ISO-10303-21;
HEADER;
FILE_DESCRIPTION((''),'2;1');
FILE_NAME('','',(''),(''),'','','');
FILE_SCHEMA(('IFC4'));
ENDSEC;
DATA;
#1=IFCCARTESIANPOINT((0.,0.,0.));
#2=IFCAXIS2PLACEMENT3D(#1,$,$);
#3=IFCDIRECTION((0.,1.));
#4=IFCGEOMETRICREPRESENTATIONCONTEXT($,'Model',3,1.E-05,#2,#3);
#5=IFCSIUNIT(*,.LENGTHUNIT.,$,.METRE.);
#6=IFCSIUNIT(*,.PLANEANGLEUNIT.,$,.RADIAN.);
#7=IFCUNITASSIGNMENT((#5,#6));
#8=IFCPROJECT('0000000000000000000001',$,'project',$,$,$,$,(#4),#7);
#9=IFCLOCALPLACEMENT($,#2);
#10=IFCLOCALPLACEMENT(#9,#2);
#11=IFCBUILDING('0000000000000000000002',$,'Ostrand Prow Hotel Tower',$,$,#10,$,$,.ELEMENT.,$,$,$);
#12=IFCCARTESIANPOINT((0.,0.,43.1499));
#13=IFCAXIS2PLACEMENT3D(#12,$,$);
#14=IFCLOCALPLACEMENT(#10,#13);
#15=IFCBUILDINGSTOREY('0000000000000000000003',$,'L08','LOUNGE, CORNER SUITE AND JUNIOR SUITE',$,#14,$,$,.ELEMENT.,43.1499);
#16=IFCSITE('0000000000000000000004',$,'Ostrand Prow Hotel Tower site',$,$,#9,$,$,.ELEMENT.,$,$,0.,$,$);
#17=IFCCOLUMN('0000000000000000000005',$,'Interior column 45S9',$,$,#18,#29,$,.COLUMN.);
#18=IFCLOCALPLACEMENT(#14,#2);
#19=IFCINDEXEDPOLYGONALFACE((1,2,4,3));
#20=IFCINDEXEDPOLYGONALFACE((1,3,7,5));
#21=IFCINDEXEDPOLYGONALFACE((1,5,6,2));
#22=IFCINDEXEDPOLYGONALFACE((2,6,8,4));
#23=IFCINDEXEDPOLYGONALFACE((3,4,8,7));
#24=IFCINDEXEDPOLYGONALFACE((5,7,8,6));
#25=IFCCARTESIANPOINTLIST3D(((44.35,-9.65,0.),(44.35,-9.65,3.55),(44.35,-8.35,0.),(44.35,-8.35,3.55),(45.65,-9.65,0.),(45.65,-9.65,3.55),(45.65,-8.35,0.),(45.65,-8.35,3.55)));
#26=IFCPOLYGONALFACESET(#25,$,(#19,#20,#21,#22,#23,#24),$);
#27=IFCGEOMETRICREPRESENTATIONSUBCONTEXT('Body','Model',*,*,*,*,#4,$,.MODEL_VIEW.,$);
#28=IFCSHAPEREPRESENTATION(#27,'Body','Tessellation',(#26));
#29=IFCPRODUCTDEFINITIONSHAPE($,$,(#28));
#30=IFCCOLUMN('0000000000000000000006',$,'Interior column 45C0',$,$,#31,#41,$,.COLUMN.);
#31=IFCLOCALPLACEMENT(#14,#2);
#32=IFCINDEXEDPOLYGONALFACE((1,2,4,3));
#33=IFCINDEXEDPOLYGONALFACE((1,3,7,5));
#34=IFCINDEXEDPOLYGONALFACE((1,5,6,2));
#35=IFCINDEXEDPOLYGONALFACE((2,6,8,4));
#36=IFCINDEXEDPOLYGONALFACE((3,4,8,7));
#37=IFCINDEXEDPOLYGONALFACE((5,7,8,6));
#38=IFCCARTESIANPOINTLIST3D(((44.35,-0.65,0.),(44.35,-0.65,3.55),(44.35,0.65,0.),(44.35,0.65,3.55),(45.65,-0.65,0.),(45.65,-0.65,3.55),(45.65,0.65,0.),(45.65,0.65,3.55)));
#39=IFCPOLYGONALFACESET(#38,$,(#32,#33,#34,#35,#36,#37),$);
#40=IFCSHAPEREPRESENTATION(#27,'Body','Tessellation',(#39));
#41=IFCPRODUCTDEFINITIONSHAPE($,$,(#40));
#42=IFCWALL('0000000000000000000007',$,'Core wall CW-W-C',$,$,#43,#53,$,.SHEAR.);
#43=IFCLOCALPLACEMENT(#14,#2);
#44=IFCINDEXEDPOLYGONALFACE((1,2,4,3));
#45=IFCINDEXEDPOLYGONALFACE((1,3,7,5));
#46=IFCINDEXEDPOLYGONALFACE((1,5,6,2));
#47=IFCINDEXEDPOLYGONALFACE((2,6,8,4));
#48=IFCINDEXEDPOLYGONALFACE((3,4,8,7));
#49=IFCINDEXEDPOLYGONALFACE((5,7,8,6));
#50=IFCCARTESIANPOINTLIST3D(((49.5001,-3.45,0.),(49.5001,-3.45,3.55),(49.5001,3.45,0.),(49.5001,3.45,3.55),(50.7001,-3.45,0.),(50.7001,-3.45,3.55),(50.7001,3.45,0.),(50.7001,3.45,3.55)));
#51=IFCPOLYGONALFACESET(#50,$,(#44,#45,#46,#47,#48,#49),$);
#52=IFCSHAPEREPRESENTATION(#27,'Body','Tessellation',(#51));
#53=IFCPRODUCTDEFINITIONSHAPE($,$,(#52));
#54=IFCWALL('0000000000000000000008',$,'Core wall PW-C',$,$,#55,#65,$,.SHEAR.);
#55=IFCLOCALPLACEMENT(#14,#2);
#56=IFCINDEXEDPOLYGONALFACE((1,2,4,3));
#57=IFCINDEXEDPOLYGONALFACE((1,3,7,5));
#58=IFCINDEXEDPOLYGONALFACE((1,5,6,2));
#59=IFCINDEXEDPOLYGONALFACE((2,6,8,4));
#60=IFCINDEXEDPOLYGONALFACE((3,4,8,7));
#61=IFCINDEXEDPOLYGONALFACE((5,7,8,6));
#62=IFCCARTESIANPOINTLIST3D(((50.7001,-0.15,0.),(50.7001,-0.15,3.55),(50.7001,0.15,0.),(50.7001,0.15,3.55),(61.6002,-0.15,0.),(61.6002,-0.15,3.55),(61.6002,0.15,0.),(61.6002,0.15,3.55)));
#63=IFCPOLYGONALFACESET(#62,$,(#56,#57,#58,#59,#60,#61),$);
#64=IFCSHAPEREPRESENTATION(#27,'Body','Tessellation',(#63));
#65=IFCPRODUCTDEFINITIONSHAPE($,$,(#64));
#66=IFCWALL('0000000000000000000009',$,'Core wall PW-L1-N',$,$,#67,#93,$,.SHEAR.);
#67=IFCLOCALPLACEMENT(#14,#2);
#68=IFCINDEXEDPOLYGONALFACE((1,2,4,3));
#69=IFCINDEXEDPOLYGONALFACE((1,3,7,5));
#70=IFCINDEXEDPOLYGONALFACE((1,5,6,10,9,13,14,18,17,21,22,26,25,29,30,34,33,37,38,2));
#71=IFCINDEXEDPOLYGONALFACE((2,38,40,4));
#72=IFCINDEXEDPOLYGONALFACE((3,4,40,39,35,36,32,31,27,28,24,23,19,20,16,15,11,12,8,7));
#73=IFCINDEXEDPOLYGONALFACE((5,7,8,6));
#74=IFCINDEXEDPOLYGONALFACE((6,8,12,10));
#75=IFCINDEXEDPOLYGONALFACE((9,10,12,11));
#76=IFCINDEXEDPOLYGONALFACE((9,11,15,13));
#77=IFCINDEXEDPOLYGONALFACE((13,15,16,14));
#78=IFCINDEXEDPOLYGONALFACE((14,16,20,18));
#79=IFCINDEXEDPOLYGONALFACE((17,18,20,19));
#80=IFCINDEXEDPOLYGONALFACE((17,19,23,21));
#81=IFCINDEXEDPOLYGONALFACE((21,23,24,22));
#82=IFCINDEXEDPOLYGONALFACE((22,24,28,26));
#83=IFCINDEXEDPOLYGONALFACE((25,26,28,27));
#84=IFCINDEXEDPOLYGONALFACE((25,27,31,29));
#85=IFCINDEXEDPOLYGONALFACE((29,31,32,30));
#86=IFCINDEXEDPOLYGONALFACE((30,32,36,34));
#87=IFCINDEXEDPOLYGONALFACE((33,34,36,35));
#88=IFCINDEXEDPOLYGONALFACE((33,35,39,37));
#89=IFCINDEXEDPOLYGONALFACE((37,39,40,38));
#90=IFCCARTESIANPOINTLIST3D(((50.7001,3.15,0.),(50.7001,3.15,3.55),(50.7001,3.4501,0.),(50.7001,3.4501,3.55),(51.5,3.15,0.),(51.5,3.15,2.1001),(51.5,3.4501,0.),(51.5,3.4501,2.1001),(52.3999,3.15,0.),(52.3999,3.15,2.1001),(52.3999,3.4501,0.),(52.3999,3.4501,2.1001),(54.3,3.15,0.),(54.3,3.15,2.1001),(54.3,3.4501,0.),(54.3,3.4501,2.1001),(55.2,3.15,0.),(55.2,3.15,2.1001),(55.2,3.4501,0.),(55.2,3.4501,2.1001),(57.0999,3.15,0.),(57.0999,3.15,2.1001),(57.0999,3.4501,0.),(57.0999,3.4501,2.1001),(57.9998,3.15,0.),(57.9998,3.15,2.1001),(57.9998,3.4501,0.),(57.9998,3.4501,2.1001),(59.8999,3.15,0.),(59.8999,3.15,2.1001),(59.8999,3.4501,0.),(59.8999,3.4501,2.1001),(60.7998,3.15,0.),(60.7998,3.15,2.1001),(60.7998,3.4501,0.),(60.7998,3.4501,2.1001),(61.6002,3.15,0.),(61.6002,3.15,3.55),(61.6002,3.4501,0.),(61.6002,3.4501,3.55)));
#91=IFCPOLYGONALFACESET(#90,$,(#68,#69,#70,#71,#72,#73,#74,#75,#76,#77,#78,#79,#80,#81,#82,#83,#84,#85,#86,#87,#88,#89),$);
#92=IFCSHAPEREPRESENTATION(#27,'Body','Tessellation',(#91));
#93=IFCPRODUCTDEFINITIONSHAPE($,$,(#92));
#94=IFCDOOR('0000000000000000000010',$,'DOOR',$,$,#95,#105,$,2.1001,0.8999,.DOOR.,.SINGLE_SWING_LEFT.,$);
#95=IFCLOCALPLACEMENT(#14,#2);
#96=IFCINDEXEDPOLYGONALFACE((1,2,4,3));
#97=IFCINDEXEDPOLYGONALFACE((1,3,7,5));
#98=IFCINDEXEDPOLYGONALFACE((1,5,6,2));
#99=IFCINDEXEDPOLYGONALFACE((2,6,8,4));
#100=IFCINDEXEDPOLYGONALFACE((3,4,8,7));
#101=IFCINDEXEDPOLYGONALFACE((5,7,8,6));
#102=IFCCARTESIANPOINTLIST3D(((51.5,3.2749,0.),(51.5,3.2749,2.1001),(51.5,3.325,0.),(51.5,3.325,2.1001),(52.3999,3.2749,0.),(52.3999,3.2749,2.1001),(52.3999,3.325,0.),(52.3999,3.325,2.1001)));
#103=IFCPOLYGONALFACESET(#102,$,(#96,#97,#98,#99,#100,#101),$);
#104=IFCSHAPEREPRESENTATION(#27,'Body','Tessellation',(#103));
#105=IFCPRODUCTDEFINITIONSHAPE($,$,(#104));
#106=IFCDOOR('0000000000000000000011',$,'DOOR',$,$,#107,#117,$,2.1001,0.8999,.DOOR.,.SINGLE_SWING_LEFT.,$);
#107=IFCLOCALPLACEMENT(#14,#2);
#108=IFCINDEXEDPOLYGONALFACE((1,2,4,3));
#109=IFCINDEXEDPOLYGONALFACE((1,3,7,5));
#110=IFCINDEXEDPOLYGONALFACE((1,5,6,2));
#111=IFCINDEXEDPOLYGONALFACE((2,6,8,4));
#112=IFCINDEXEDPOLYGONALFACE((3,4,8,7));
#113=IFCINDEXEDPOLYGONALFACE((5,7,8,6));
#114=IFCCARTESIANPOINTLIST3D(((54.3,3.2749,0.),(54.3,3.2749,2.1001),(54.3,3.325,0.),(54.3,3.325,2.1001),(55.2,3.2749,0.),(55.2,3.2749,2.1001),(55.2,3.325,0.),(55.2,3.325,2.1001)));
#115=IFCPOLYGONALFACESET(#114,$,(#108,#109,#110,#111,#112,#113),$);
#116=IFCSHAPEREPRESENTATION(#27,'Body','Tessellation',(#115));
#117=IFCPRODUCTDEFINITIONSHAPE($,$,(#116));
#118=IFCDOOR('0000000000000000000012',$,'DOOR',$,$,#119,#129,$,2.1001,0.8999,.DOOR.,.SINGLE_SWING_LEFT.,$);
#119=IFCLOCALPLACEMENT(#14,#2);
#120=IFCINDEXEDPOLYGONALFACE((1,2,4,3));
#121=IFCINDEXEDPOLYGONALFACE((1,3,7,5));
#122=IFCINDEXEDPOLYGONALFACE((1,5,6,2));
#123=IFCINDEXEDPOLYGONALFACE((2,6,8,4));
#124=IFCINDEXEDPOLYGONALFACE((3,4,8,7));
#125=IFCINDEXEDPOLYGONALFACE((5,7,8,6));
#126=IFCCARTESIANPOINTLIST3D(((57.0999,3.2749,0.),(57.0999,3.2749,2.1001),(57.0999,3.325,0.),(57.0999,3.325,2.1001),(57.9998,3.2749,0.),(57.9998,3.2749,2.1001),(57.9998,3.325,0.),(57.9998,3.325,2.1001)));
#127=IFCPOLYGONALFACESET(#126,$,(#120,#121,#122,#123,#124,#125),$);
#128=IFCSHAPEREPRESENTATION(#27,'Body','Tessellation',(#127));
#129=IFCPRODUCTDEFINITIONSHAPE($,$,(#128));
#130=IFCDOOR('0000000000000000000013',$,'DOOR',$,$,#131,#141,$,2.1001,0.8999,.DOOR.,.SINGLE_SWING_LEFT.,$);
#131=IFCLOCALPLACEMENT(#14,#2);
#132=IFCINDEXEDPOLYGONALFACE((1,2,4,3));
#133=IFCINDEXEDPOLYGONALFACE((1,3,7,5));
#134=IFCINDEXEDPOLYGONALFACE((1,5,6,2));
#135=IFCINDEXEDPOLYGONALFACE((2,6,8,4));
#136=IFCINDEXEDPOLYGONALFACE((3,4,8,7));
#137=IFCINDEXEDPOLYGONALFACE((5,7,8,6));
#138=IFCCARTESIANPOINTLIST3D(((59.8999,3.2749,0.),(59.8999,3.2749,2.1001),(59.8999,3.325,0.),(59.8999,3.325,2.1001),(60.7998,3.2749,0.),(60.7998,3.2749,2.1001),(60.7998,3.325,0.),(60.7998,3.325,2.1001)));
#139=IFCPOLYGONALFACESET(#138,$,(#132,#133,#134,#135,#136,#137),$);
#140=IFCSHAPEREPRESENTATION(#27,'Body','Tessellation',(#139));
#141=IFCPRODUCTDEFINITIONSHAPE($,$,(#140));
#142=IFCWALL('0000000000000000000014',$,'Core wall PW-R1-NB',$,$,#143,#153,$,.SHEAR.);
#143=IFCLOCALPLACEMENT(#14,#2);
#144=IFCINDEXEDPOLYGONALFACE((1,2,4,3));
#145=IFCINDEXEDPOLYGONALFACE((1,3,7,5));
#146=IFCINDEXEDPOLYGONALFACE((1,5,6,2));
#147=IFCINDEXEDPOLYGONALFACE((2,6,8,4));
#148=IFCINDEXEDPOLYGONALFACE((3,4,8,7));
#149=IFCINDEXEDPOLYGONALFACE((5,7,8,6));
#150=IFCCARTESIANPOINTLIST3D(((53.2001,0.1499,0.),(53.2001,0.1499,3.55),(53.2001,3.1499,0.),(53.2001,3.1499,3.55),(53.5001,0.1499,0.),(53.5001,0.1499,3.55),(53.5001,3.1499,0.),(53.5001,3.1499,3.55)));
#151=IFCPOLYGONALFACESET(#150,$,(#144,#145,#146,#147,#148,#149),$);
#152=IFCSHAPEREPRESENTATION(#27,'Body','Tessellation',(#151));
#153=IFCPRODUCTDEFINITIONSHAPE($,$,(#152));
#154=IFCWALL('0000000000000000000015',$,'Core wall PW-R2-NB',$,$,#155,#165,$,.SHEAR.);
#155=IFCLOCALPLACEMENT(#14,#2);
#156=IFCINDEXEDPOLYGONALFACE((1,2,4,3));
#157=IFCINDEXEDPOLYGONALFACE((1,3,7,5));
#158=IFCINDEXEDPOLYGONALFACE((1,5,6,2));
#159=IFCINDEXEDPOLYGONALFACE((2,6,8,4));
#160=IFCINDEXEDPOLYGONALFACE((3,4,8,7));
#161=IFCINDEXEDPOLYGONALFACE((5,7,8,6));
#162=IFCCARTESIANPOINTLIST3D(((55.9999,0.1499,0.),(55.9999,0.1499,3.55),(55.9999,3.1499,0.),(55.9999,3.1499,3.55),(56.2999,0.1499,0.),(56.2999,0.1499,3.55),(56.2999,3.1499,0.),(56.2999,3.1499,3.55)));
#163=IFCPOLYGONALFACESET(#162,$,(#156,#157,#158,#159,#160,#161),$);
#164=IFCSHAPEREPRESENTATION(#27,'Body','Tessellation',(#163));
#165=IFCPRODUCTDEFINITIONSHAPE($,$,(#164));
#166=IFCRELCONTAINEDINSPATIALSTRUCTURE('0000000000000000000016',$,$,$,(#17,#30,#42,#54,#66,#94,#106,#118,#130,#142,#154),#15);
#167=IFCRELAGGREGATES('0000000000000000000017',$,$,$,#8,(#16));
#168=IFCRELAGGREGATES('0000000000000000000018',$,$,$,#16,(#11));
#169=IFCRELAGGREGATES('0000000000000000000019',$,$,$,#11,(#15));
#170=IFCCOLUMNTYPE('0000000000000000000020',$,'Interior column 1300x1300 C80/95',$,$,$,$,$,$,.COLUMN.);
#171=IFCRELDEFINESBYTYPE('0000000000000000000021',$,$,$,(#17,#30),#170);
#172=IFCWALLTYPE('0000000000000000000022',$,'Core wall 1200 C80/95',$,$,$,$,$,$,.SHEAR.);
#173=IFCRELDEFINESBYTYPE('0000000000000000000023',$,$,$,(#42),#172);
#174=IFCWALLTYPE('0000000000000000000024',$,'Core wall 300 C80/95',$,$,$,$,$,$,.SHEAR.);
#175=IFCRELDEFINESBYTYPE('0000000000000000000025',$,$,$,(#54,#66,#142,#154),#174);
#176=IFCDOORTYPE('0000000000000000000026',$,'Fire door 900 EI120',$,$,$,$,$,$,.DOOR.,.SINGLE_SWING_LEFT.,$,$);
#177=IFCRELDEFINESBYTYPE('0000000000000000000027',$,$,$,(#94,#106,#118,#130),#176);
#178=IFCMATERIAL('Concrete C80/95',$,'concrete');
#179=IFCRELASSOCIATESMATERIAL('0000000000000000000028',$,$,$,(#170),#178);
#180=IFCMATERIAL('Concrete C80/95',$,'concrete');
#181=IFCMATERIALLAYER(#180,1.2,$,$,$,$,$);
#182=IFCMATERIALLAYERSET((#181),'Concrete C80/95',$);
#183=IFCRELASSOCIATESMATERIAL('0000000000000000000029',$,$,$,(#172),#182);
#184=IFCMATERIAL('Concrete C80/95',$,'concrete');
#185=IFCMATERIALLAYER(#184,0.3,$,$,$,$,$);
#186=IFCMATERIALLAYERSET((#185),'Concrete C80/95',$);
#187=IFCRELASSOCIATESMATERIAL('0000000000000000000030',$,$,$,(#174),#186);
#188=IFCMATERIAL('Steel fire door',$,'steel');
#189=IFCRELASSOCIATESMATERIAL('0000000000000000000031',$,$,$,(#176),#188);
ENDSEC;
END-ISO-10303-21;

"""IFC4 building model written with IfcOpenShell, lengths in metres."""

from ifc_helpers import new_model, si_unit, direction, frame, frame_2d, origin, origin_2d, place, context, subcontext, project, spatial, rectangle, extrude, material, layer, layer_set, material_profile, profile_set, type_object, element, fill, save


model = new_model("IFC4")

# Units and contexts
model_context = context("Model", 3, precision=1e-05, world=origin(), true_north=direction((0.0, 1.0)))
body_context = subcontext(model_context, "Body", "Model", "MODEL_VIEW")
ifc_project = project(units=[si_unit("LENGTHUNIT", "METRE"), si_unit("PLANEANGLEUNIT", "RADIAN")], contexts=[model_context])

# Site, building, storey
site_placement = place(None, origin())
site = spatial("IfcSite", under=ifc_project, at=site_placement, Name="Ostrand Prow Hotel Tower site", CompositionType="ELEMENT", RefElevation=0.0)
building_placement = place(site_placement, origin())
building = spatial("IfcBuilding", under=site, at=building_placement, Name="Ostrand Prow Hotel Tower", CompositionType="ELEMENT")
storey_placement = place(building_placement, frame((0.0, 0.0, 43.1499)))
storey = spatial("IfcBuildingStorey", under=building, at=storey_placement, Name="L08", Description="LOUNGE, CORNER SUITE AND JUNIOR SUITE", CompositionType="ELEMENT", Elevation=43.1499)

# Columns
ifc_material_1 = material(Name="Concrete C80/95", Category="concrete")
ifc_material_profile = material_profile(ifc_material_1, rectangle(XDim=1.3, YDim=1.3, at=origin_2d()), Name="RC 1300x1300")
ifc_profile_set = profile_set([ifc_material_profile], Name="Concrete C80/95")
column_type = type_object("IfcColumnType", Name="Interior column 1300x1300 C80/95", PredefinedType="COLUMN", material=ifc_profile_set)
for number, where, z_axis, x_axis, name in (
    (1, (45.0, -9.0, 0.0), (0.0, 0.0, 1.0), (1.0, 0.0, 0.0), "Interior column 45S9"),
    (2, (45.0, 0.0, 0.0), (0.0, 0.0, 1.0), (1.0, 0.0, 0.0), "Interior column 45C0"),
):
    element("IfcColumn", number, at=place(storey_placement, frame(where, z_axis=z_axis, x_axis=x_axis)), inside=storey, type_object=column_type, Name=name, PredefinedType="COLUMN", context=body_context, shape_type="SweptSolid", body=[
        extrude(rectangle(XDim=1.3, YDim=1.3, at=origin_2d()), origin(), (0.0, 0.0, 1.0), 3.55),
    ])

# Walls
ifc_material_2 = material(Name="Concrete C80/95", Category="concrete")
ifc_layer_1 = layer(ifc_material_2, 1.2)
ifc_layer_set_1 = layer_set([ifc_layer_1], Name="Concrete C80/95")
wall_type_1 = type_object("IfcWallType", Name="Core wall 1200 C80/95", PredefinedType="SHEAR", material=ifc_layer_set_1)
wall_1_placement = place(storey_placement, frame((50.1001, -3.45, 0.0), z_axis=(0.0, 0.0, 1.0), x_axis=(0.0, 1.0, 0.0)))
element("IfcWall", 3, at=wall_1_placement, inside=storey, type_object=wall_type_1, Name="Core wall CW-W-C", PredefinedType="SHEAR", context=body_context, shape_type="SweptSolid", body=[
    extrude(rectangle(XDim=6.8999, YDim=1.2, at=frame_2d((3.45, 0.0))), origin(), (0.0, 0.0, 1.0), 3.55),
])
ifc_material_3 = material(Name="Concrete C80/95", Category="concrete")
ifc_layer_2 = layer(ifc_material_3, 0.3)
ifc_layer_set_2 = layer_set([ifc_layer_2], Name="Concrete C80/95")
wall_type_2 = type_object("IfcWallType", Name="Core wall 300 C80/95", PredefinedType="SHEAR", material=ifc_layer_set_2)
wall_2_placement = place(storey_placement, frame((50.7, 0.0, 0.0), z_axis=(0.0, 0.0, 1.0), x_axis=(1.0, 0.0, 0.0)))
element("IfcWall", 4, at=wall_2_placement, inside=storey, type_object=wall_type_2, Name="Core wall PW-C", PredefinedType="SHEAR", context=body_context, shape_type="SweptSolid", body=[
    extrude(rectangle(XDim=10.9001, YDim=0.3, at=frame_2d((5.4502, 0.0))), origin(), (0.0, 0.0, 1.0), 3.55),
])

# Wall, openings, doors
wall_3_placement = place(storey_placement, frame((50.7, 3.3, 0.0), z_axis=(0.0, 0.0, 1.0), x_axis=(1.0, 0.0, 0.0)))
wall_3 = element("IfcWall", 5, at=wall_3_placement, inside=storey, type_object=wall_type_2, Name="Core wall PW-L1-N", PredefinedType="SHEAR", context=body_context, shape_type="SweptSolid", body=[
    extrude(rectangle(XDim=10.9001, YDim=0.3, at=frame_2d((5.4502, 0.0))), origin(), (0.0, 0.0, 1.0), 3.55),
])
opening_1_placement = place(wall_3_placement, frame((0.8, 0.0, 0.0)))
opening_1 = element("IfcOpeningElement", 6, at=opening_1_placement, cuts=wall_3, PredefinedType="OPENING", context=body_context, shape_type="SweptSolid", body=[
    extrude(rectangle(XDim=0.8999, YDim=2.1001, at=frame_2d((0.45, 1.05))), frame((0.0, 0.1599, 0.0), z_axis=(0.0, -1.0, 0.0), x_axis=(1.0, 0.0, 0.0)), (0.0, 0.0, 1.0), 0.3201),
])
opening_2_placement = place(wall_3_placement, frame((3.6001, 0.0, 0.0)))
opening_2 = element("IfcOpeningElement", 7, at=opening_2_placement, cuts=wall_3, PredefinedType="OPENING", context=body_context, shape_type="SweptSolid", body=[
    extrude(rectangle(XDim=0.8999, YDim=2.1001, at=frame_2d((0.45, 1.05))), frame((0.0, 0.1599, 0.0), z_axis=(0.0, -1.0, 0.0), x_axis=(1.0, 0.0, 0.0)), (0.0, 0.0, 1.0), 0.3201),
])
opening_3_placement = place(wall_3_placement, frame((6.3999, 0.0, 0.0)))
opening_3 = element("IfcOpeningElement", 8, at=opening_3_placement, cuts=wall_3, PredefinedType="OPENING", context=body_context, shape_type="SweptSolid", body=[
    extrude(rectangle(XDim=0.8999, YDim=2.1001, at=frame_2d((0.45, 1.05))), frame((0.0, 0.1599, 0.0), z_axis=(0.0, -1.0, 0.0), x_axis=(1.0, 0.0, 0.0)), (0.0, 0.0, 1.0), 0.3201),
])
opening_4_placement = place(wall_3_placement, frame((9.2, 0.0, 0.0)))
opening_4 = element("IfcOpeningElement", 9, at=opening_4_placement, cuts=wall_3, PredefinedType="OPENING", context=body_context, shape_type="SweptSolid", body=[
    extrude(rectangle(XDim=0.8999, YDim=2.1001, at=frame_2d((0.45, 1.05))), frame((0.0, 0.1599, 0.0), z_axis=(0.0, -1.0, 0.0), x_axis=(1.0, 0.0, 0.0)), (0.0, 0.0, 1.0), 0.3201),
])
ifc_material_4 = material(Name="Steel fire door", Category="steel")
door_type_1 = type_object("IfcDoorType", Name="Fire door 900 EI120", OperationType="SINGLE_SWING_LEFT", PredefinedType="DOOR", material=ifc_material_4)
door_1_placement = place(opening_1_placement, origin())
door_1 = element("IfcDoor", 10, at=door_1_placement, inside=storey, type_object=door_type_1, Name="DOOR", OperationType="SINGLE_SWING_LEFT", OverallHeight=2.1001, OverallWidth=0.8999, PredefinedType="DOOR", context=body_context, shape_type="SweptSolid", body=[
    extrude(rectangle(XDim=0.8999, YDim=2.1001, at=frame_2d((0.45, 1.05))), frame((0.0, 0.0249, 0.0), z_axis=(0.0, -1.0, 0.0), x_axis=(1.0, 0.0, 0.0)), (0.0, 0.0, 1.0), 0.05),
])
fill(opening_1, door_1)
door_2_placement = place(opening_2_placement, origin())
door_2 = element("IfcDoor", 11, at=door_2_placement, inside=storey, type_object=door_type_1, Name="DOOR", OperationType="SINGLE_SWING_LEFT", OverallHeight=2.1001, OverallWidth=0.8999, PredefinedType="DOOR", context=body_context, shape_type="SweptSolid", body=[
    extrude(rectangle(XDim=0.8999, YDim=2.1001, at=frame_2d((0.45, 1.05))), frame((0.0, 0.0249, 0.0), z_axis=(0.0, -1.0, 0.0), x_axis=(1.0, 0.0, 0.0)), (0.0, 0.0, 1.0), 0.05),
])
fill(opening_2, door_2)
door_3_placement = place(opening_3_placement, origin())
door_3 = element("IfcDoor", 12, at=door_3_placement, inside=storey, type_object=door_type_1, Name="DOOR", OperationType="SINGLE_SWING_LEFT", OverallHeight=2.1001, OverallWidth=0.8999, PredefinedType="DOOR", context=body_context, shape_type="SweptSolid", body=[
    extrude(rectangle(XDim=0.8999, YDim=2.1001, at=frame_2d((0.45, 1.05))), frame((0.0, 0.0249, 0.0), z_axis=(0.0, -1.0, 0.0), x_axis=(1.0, 0.0, 0.0)), (0.0, 0.0, 1.0), 0.05),
])
fill(opening_3, door_3)
door_4_placement = place(opening_4_placement, origin())
door_4 = element("IfcDoor", 13, at=door_4_placement, inside=storey, type_object=door_type_1, Name="DOOR", OperationType="SINGLE_SWING_LEFT", OverallHeight=2.1001, OverallWidth=0.8999, PredefinedType="DOOR", context=body_context, shape_type="SweptSolid", body=[
    extrude(rectangle(XDim=0.8999, YDim=2.1001, at=frame_2d((0.45, 1.05))), frame((0.0, 0.0249, 0.0), z_axis=(0.0, -1.0, 0.0), x_axis=(1.0, 0.0, 0.0)), (0.0, 0.0, 1.0), 0.05),
])
fill(opening_4, door_4)

# Walls
for number, where, z_axis, x_axis, name in (
    (14, (53.3501, 0.1499, 0.0), (0.0, 0.0, 1.0), (0.0, 1.0, 0.0), "Core wall PW-R1-NB"),
    (15, (56.1499, 0.1499, 0.0), (0.0, 0.0, 1.0), (0.0, 1.0, 0.0), "Core wall PW-R2-NB"),
):
    element("IfcWall", number, at=place(storey_placement, frame(where, z_axis=z_axis, x_axis=x_axis)), inside=storey, type_object=wall_type_2, Name=name, PredefinedType="SHEAR", context=body_context, shape_type="SweptSolid", body=[
        extrude(rectangle(XDim=3.0, YDim=0.3, at=frame_2d((1.5, 0.0))), origin(), (0.0, 0.0, 1.0), 3.55),
    ])

save(model, "model.ifc")
